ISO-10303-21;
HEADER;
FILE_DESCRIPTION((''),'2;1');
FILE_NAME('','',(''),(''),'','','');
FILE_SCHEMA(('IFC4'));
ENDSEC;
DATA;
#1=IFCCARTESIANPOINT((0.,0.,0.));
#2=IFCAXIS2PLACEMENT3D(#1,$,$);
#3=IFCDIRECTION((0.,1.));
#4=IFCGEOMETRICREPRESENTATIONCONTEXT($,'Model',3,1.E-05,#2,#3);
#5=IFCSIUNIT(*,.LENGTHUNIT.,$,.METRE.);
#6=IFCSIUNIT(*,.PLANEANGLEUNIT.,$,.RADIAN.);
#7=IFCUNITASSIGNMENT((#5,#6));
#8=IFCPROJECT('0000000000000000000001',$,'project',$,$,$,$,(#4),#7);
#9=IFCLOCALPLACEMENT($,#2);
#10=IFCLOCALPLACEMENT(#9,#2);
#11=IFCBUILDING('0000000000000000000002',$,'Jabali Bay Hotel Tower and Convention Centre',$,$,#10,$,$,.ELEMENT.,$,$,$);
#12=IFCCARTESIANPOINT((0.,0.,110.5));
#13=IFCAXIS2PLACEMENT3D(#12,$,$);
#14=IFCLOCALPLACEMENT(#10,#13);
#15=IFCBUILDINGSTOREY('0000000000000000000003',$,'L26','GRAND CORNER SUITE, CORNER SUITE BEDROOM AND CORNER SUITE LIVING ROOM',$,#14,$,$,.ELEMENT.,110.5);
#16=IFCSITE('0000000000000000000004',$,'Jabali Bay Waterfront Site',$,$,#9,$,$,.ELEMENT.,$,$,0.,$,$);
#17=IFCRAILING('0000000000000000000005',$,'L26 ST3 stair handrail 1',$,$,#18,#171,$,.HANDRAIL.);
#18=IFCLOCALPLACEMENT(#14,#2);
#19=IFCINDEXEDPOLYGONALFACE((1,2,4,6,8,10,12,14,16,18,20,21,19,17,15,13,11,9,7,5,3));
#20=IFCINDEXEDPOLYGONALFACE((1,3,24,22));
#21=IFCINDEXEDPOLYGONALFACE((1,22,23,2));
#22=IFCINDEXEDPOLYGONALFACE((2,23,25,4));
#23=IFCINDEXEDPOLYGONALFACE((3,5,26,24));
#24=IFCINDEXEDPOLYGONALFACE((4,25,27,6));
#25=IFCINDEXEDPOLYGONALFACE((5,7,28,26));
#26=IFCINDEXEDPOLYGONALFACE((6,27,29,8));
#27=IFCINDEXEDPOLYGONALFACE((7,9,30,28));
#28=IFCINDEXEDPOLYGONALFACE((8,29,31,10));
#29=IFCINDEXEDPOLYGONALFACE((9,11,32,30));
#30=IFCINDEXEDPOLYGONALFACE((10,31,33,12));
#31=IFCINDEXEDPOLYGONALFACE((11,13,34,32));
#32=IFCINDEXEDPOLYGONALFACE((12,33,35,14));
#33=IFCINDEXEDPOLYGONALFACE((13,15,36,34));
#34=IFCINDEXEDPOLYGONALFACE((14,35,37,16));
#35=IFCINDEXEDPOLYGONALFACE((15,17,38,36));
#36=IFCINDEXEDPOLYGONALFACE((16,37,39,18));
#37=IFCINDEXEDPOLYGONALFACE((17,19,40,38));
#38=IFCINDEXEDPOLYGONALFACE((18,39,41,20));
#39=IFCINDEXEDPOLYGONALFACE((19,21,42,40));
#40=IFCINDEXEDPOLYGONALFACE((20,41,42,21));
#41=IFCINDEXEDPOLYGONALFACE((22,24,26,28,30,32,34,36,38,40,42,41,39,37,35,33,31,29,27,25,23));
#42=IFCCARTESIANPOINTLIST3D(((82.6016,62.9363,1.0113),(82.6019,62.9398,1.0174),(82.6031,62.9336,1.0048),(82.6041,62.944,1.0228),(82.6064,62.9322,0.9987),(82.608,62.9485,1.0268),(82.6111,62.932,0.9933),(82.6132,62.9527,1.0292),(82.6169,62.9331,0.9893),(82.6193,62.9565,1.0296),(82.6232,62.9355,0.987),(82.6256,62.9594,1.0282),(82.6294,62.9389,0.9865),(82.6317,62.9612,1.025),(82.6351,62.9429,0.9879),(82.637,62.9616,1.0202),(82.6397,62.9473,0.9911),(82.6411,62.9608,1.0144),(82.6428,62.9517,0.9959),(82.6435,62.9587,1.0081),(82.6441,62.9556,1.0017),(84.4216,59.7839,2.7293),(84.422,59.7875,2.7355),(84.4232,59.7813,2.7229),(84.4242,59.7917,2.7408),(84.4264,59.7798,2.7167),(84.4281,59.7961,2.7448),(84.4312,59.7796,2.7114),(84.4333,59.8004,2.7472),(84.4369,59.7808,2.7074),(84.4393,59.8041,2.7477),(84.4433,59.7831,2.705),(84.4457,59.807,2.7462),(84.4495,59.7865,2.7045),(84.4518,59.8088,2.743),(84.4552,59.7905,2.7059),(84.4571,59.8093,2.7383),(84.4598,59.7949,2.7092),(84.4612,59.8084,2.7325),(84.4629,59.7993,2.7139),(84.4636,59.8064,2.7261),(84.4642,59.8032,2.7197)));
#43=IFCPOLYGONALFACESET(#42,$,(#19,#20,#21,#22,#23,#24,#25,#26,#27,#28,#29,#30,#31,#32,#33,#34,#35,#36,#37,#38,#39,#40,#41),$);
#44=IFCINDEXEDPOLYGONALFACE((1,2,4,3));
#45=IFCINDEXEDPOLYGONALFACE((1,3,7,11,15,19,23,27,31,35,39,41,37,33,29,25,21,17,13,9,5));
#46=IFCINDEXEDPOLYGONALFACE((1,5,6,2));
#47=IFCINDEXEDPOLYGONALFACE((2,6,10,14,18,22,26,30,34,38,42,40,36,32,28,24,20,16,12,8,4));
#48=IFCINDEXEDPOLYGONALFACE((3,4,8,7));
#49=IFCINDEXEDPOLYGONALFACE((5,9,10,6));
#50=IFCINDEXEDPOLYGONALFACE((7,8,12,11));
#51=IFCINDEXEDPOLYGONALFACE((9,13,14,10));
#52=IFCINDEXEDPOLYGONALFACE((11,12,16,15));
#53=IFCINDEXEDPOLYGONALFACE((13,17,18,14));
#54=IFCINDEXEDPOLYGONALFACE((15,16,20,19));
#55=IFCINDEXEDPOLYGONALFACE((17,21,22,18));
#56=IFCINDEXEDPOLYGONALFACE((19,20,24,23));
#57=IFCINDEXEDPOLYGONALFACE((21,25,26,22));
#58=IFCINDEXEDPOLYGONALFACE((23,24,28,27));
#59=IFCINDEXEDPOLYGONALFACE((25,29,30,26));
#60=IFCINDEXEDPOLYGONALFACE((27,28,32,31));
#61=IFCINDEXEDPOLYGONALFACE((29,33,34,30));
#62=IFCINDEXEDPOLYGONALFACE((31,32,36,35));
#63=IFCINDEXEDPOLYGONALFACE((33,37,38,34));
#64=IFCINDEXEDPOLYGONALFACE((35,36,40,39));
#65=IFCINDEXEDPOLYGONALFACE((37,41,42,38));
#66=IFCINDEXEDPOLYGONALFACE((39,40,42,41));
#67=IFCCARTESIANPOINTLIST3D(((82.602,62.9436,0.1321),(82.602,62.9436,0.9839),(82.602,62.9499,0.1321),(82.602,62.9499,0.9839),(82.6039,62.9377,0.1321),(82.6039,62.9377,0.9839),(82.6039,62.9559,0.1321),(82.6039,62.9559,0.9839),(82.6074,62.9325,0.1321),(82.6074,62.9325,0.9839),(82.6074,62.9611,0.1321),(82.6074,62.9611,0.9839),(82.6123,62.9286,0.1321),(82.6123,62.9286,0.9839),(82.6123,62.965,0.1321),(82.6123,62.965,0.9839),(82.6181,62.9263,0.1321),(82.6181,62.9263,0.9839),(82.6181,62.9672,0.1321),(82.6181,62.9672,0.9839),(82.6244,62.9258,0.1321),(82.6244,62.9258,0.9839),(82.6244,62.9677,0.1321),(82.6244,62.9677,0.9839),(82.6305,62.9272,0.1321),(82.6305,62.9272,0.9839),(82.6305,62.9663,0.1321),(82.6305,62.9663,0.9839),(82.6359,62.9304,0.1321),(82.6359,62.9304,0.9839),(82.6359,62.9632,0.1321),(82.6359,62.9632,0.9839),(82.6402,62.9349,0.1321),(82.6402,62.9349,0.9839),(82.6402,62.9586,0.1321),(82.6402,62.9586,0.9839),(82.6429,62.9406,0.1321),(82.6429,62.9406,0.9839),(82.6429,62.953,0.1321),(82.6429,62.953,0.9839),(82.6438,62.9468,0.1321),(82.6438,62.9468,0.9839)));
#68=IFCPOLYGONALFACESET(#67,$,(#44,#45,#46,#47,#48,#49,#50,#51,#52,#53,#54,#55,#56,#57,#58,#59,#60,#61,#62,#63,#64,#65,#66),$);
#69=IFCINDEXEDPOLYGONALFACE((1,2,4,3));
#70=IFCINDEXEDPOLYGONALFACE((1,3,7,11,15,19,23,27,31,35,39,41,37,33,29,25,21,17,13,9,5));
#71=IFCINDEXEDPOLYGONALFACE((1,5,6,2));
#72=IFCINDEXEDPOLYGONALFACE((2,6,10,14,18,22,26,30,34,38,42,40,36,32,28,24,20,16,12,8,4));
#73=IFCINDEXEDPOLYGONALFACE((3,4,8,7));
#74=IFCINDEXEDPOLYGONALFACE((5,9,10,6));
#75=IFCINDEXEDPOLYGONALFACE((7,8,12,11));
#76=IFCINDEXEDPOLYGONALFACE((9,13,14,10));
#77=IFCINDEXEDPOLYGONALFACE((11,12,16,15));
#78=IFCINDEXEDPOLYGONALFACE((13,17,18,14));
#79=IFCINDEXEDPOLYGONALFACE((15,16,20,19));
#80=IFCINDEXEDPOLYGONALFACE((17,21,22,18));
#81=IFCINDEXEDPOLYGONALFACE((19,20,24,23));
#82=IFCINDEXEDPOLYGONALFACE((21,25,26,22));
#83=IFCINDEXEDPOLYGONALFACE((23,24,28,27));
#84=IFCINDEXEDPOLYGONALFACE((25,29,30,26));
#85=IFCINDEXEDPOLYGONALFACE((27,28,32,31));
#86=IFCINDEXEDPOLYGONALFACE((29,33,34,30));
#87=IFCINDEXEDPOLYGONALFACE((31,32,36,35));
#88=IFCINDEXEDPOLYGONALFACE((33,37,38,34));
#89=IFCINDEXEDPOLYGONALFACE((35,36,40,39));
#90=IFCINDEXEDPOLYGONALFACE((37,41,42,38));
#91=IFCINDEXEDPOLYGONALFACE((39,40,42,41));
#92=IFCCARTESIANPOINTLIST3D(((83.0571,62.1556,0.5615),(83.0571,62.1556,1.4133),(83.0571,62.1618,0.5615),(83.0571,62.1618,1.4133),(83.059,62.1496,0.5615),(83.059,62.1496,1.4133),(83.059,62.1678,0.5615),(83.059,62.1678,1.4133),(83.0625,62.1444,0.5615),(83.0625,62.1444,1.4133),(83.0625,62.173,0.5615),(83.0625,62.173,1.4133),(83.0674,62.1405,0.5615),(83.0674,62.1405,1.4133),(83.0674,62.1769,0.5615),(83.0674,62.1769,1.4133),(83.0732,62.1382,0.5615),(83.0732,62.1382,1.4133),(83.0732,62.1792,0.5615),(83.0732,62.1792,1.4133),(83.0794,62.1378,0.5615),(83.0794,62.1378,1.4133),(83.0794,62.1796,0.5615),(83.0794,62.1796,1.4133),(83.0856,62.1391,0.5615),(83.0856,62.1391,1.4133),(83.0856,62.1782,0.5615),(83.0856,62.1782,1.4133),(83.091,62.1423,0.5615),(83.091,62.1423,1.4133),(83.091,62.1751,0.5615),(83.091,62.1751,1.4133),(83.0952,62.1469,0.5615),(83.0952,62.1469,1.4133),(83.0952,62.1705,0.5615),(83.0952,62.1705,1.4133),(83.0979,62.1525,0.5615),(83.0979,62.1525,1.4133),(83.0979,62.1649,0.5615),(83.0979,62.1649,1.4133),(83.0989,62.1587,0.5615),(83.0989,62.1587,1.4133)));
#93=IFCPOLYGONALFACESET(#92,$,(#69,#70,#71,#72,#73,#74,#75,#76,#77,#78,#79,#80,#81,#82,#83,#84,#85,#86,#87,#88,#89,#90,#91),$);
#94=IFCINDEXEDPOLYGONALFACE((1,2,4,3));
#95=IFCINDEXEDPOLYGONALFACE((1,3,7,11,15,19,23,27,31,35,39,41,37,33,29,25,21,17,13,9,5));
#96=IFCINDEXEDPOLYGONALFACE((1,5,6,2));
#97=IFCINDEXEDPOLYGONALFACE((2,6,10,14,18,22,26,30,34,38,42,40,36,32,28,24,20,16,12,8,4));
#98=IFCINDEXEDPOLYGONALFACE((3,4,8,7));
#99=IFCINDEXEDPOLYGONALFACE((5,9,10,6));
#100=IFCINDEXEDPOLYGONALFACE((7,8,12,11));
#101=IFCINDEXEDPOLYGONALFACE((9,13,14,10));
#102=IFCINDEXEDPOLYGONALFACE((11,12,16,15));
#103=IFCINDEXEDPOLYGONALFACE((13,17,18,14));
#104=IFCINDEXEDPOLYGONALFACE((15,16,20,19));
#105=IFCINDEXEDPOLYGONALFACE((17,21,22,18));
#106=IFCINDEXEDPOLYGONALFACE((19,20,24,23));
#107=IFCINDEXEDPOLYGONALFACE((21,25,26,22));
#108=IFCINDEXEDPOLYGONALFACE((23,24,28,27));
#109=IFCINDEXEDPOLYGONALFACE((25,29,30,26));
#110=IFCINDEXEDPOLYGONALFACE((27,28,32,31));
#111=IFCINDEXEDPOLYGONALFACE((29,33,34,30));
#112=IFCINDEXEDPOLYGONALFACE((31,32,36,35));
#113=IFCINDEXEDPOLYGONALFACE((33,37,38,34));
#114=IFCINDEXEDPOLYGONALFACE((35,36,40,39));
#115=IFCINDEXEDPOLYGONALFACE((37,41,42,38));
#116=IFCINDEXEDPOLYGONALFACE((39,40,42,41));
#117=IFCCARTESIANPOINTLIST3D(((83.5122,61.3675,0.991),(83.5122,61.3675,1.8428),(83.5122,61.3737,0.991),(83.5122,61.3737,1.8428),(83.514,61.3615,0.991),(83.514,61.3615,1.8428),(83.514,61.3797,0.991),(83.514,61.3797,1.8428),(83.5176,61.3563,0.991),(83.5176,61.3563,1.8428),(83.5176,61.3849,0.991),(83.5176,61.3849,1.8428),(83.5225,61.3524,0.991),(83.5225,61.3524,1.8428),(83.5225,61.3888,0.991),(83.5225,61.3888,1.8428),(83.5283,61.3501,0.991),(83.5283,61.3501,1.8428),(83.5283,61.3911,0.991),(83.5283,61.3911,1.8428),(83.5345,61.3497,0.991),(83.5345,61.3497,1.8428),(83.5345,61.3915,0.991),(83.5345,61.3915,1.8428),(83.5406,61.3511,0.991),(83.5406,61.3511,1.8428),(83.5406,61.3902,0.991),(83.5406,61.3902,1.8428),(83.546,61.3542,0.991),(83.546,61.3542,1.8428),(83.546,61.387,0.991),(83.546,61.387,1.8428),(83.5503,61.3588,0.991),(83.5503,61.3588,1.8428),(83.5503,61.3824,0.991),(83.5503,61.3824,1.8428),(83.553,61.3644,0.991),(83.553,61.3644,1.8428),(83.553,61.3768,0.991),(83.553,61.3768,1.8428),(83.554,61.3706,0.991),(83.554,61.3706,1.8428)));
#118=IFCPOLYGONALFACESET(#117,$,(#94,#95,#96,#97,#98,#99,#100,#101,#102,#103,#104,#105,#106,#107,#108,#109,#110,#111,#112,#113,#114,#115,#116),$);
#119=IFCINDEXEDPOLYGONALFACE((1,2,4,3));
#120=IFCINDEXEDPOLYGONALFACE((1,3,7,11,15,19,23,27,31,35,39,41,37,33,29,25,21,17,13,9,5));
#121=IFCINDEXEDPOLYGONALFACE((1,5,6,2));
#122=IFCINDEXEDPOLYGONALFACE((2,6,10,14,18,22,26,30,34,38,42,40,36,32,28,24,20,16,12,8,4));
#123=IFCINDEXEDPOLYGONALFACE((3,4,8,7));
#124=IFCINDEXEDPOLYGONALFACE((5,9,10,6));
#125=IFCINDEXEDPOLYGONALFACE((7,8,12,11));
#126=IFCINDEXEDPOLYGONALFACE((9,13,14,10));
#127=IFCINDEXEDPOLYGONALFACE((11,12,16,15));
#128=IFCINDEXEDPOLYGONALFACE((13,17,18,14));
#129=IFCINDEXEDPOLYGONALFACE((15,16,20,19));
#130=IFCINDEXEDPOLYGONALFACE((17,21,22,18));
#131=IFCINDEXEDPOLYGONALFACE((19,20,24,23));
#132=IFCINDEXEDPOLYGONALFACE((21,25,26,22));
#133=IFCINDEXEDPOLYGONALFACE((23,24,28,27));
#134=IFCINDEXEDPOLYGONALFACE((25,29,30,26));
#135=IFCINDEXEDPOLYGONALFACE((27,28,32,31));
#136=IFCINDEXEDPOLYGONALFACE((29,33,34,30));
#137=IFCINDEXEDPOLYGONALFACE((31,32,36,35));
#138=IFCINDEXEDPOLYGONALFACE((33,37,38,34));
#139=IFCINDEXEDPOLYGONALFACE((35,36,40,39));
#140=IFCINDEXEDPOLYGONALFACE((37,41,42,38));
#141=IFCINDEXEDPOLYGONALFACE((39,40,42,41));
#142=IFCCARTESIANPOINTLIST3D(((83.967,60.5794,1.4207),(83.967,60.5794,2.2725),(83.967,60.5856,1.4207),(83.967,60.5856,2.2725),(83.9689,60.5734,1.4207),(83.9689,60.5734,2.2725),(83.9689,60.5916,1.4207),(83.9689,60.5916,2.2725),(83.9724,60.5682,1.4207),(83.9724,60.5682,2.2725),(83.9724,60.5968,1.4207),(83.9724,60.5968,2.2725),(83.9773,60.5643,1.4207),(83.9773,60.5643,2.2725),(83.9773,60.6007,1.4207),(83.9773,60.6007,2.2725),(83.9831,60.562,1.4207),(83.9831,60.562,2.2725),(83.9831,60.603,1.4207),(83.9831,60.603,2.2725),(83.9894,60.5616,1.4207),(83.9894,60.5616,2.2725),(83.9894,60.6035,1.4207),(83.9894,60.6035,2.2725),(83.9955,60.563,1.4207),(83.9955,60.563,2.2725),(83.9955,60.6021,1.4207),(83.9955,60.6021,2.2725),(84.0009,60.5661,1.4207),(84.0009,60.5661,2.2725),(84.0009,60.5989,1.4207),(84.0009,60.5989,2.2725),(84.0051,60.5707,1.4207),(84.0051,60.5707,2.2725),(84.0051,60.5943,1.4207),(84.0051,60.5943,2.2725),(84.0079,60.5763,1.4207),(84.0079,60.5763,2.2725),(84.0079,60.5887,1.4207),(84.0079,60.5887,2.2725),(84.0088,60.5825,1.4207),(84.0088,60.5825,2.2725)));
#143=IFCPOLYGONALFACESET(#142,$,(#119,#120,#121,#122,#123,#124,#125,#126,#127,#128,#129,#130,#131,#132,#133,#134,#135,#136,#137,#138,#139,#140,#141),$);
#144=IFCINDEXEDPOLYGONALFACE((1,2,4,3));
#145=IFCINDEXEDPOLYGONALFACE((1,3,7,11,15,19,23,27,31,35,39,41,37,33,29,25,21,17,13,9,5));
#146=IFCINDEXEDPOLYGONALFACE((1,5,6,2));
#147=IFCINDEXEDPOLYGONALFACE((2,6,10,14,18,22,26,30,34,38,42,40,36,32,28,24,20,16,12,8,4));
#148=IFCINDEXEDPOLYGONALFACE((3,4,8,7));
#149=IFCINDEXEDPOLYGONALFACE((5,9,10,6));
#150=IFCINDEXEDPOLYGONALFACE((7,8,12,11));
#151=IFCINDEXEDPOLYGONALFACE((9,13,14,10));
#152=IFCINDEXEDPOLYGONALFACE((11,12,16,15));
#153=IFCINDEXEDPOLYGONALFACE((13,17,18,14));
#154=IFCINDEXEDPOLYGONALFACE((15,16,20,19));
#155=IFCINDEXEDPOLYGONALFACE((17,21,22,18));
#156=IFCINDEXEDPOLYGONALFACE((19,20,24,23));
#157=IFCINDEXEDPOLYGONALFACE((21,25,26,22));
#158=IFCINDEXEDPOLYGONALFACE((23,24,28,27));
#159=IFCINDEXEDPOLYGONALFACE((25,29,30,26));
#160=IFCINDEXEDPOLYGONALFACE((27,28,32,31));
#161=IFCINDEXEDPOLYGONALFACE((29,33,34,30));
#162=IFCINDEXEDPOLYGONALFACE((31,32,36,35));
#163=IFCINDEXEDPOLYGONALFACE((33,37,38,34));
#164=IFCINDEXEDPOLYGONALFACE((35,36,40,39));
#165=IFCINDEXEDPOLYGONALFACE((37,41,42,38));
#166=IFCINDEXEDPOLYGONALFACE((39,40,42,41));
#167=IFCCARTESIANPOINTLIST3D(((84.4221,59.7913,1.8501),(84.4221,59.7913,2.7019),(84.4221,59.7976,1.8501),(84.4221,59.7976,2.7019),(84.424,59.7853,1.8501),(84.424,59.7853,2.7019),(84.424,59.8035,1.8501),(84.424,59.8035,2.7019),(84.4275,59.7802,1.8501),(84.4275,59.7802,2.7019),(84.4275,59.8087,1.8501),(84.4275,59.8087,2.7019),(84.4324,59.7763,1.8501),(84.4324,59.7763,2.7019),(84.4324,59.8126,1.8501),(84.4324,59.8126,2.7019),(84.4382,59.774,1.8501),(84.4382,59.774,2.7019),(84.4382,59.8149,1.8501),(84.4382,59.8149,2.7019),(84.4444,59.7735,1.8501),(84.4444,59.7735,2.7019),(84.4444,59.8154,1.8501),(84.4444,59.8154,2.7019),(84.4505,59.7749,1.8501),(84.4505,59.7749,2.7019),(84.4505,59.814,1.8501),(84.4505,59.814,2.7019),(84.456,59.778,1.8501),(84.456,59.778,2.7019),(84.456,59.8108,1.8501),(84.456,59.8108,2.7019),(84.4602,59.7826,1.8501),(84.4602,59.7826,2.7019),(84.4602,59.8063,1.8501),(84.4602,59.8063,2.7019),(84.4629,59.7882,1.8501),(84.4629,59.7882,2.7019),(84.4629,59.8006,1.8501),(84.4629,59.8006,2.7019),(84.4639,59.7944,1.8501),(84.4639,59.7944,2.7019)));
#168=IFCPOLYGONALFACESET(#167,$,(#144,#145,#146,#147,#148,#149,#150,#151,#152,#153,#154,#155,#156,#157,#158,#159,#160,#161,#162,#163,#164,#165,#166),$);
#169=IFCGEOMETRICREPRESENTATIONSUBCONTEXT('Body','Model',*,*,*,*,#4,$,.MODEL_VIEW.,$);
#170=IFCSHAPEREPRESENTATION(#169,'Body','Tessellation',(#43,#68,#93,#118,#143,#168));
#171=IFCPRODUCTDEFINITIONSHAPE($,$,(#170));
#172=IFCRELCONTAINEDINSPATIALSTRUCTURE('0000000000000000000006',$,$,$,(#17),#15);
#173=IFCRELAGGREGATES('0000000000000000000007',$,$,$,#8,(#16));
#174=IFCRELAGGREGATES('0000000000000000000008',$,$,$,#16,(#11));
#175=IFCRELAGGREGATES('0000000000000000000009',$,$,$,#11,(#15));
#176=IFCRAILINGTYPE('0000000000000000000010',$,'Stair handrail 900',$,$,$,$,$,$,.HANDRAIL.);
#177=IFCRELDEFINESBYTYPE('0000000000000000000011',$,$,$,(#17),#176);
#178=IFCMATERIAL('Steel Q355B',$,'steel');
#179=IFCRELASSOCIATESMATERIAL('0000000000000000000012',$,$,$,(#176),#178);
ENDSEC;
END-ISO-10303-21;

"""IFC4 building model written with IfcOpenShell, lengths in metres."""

from ifc_helpers import new_model, si_unit, direction, frame, origin, origin_2d, place, context, subcontext, project, spatial, circle, extrude, material, type_object, element, save


model = new_model("IFC4")

# Units and contexts
model_context = context("Model", 3, precision=1e-05, world=origin(), true_north=direction((0.0, 1.0)))
body_context = subcontext(model_context, "Body", "Model", "MODEL_VIEW")
ifc_project = project(units=[si_unit("LENGTHUNIT", "METRE"), si_unit("PLANEANGLEUNIT", "RADIAN")], contexts=[model_context])

# Site, building, storey
site_placement = place(None, origin())
site = spatial("IfcSite", under=ifc_project, at=site_placement, Name="Jabali Bay Waterfront Site", CompositionType="ELEMENT", RefElevation=0.0)
building_placement = place(site_placement, origin())
building = spatial("IfcBuilding", under=site, at=building_placement, Name="Jabali Bay Hotel Tower and Convention Centre", CompositionType="ELEMENT")
storey_placement = place(building_placement, frame((0.0, 0.0, 110.5)))
storey = spatial("IfcBuildingStorey", under=building, at=storey_placement, Name="L26", Description="GRAND CORNER SUITE, CORNER SUITE BEDROOM AND CORNER SUITE LIVING ROOM", CompositionType="ELEMENT", Elevation=110.5)

# Railing
ifc_material_1 = material(Name="Steel Q355B", Category="steel")
railing_type_1 = type_object("IfcRailingType", Name="Stair handrail 900", PredefinedType="HANDRAIL", material=ifc_material_1)
railing_1_placement = place(storey_placement, frame((82.6228, 62.9468, 0.1321)))
element("IfcRailing", 1, at=railing_1_placement, inside=storey, type_object=railing_type_1, Name="L26 ST3 stair handrail 1", PredefinedType="HANDRAIL", context=body_context, shape_type="SweptSolid", body=[
    extrude(circle(Radius=0.0239, at=origin_2d()), frame((0.0, 0.0, 0.876), z_axis=(0.452179, -0.78317, 0.426825), x_axis=(0.866018, 0.500013, 0.0)), (0.0, 0.0, 1.0), 4.0251),
    extrude(circle(Radius=0.021, at=origin_2d()), origin(), (0.0, 0.0, 1.0), 0.8518),
    extrude(circle(Radius=0.021, at=origin_2d()), frame((0.4551, -0.7881, 0.4294)), (0.0, 0.0, 1.0), 0.8518),
    extrude(circle(Radius=0.021, at=origin_2d()), frame((0.9102, -1.5762, 0.8589)), (0.0, 0.0, 1.0), 0.8518),
    extrude(circle(Radius=0.021, at=origin_2d()), frame((1.365, -2.3643, 1.2886)), (0.0, 0.0, 1.0), 0.8518),
    extrude(circle(Radius=0.021, at=origin_2d()), frame((1.8201, -3.1523, 1.718)), (0.0, 0.0, 1.0), 0.8518),
])

save(model, "model.ifc")
